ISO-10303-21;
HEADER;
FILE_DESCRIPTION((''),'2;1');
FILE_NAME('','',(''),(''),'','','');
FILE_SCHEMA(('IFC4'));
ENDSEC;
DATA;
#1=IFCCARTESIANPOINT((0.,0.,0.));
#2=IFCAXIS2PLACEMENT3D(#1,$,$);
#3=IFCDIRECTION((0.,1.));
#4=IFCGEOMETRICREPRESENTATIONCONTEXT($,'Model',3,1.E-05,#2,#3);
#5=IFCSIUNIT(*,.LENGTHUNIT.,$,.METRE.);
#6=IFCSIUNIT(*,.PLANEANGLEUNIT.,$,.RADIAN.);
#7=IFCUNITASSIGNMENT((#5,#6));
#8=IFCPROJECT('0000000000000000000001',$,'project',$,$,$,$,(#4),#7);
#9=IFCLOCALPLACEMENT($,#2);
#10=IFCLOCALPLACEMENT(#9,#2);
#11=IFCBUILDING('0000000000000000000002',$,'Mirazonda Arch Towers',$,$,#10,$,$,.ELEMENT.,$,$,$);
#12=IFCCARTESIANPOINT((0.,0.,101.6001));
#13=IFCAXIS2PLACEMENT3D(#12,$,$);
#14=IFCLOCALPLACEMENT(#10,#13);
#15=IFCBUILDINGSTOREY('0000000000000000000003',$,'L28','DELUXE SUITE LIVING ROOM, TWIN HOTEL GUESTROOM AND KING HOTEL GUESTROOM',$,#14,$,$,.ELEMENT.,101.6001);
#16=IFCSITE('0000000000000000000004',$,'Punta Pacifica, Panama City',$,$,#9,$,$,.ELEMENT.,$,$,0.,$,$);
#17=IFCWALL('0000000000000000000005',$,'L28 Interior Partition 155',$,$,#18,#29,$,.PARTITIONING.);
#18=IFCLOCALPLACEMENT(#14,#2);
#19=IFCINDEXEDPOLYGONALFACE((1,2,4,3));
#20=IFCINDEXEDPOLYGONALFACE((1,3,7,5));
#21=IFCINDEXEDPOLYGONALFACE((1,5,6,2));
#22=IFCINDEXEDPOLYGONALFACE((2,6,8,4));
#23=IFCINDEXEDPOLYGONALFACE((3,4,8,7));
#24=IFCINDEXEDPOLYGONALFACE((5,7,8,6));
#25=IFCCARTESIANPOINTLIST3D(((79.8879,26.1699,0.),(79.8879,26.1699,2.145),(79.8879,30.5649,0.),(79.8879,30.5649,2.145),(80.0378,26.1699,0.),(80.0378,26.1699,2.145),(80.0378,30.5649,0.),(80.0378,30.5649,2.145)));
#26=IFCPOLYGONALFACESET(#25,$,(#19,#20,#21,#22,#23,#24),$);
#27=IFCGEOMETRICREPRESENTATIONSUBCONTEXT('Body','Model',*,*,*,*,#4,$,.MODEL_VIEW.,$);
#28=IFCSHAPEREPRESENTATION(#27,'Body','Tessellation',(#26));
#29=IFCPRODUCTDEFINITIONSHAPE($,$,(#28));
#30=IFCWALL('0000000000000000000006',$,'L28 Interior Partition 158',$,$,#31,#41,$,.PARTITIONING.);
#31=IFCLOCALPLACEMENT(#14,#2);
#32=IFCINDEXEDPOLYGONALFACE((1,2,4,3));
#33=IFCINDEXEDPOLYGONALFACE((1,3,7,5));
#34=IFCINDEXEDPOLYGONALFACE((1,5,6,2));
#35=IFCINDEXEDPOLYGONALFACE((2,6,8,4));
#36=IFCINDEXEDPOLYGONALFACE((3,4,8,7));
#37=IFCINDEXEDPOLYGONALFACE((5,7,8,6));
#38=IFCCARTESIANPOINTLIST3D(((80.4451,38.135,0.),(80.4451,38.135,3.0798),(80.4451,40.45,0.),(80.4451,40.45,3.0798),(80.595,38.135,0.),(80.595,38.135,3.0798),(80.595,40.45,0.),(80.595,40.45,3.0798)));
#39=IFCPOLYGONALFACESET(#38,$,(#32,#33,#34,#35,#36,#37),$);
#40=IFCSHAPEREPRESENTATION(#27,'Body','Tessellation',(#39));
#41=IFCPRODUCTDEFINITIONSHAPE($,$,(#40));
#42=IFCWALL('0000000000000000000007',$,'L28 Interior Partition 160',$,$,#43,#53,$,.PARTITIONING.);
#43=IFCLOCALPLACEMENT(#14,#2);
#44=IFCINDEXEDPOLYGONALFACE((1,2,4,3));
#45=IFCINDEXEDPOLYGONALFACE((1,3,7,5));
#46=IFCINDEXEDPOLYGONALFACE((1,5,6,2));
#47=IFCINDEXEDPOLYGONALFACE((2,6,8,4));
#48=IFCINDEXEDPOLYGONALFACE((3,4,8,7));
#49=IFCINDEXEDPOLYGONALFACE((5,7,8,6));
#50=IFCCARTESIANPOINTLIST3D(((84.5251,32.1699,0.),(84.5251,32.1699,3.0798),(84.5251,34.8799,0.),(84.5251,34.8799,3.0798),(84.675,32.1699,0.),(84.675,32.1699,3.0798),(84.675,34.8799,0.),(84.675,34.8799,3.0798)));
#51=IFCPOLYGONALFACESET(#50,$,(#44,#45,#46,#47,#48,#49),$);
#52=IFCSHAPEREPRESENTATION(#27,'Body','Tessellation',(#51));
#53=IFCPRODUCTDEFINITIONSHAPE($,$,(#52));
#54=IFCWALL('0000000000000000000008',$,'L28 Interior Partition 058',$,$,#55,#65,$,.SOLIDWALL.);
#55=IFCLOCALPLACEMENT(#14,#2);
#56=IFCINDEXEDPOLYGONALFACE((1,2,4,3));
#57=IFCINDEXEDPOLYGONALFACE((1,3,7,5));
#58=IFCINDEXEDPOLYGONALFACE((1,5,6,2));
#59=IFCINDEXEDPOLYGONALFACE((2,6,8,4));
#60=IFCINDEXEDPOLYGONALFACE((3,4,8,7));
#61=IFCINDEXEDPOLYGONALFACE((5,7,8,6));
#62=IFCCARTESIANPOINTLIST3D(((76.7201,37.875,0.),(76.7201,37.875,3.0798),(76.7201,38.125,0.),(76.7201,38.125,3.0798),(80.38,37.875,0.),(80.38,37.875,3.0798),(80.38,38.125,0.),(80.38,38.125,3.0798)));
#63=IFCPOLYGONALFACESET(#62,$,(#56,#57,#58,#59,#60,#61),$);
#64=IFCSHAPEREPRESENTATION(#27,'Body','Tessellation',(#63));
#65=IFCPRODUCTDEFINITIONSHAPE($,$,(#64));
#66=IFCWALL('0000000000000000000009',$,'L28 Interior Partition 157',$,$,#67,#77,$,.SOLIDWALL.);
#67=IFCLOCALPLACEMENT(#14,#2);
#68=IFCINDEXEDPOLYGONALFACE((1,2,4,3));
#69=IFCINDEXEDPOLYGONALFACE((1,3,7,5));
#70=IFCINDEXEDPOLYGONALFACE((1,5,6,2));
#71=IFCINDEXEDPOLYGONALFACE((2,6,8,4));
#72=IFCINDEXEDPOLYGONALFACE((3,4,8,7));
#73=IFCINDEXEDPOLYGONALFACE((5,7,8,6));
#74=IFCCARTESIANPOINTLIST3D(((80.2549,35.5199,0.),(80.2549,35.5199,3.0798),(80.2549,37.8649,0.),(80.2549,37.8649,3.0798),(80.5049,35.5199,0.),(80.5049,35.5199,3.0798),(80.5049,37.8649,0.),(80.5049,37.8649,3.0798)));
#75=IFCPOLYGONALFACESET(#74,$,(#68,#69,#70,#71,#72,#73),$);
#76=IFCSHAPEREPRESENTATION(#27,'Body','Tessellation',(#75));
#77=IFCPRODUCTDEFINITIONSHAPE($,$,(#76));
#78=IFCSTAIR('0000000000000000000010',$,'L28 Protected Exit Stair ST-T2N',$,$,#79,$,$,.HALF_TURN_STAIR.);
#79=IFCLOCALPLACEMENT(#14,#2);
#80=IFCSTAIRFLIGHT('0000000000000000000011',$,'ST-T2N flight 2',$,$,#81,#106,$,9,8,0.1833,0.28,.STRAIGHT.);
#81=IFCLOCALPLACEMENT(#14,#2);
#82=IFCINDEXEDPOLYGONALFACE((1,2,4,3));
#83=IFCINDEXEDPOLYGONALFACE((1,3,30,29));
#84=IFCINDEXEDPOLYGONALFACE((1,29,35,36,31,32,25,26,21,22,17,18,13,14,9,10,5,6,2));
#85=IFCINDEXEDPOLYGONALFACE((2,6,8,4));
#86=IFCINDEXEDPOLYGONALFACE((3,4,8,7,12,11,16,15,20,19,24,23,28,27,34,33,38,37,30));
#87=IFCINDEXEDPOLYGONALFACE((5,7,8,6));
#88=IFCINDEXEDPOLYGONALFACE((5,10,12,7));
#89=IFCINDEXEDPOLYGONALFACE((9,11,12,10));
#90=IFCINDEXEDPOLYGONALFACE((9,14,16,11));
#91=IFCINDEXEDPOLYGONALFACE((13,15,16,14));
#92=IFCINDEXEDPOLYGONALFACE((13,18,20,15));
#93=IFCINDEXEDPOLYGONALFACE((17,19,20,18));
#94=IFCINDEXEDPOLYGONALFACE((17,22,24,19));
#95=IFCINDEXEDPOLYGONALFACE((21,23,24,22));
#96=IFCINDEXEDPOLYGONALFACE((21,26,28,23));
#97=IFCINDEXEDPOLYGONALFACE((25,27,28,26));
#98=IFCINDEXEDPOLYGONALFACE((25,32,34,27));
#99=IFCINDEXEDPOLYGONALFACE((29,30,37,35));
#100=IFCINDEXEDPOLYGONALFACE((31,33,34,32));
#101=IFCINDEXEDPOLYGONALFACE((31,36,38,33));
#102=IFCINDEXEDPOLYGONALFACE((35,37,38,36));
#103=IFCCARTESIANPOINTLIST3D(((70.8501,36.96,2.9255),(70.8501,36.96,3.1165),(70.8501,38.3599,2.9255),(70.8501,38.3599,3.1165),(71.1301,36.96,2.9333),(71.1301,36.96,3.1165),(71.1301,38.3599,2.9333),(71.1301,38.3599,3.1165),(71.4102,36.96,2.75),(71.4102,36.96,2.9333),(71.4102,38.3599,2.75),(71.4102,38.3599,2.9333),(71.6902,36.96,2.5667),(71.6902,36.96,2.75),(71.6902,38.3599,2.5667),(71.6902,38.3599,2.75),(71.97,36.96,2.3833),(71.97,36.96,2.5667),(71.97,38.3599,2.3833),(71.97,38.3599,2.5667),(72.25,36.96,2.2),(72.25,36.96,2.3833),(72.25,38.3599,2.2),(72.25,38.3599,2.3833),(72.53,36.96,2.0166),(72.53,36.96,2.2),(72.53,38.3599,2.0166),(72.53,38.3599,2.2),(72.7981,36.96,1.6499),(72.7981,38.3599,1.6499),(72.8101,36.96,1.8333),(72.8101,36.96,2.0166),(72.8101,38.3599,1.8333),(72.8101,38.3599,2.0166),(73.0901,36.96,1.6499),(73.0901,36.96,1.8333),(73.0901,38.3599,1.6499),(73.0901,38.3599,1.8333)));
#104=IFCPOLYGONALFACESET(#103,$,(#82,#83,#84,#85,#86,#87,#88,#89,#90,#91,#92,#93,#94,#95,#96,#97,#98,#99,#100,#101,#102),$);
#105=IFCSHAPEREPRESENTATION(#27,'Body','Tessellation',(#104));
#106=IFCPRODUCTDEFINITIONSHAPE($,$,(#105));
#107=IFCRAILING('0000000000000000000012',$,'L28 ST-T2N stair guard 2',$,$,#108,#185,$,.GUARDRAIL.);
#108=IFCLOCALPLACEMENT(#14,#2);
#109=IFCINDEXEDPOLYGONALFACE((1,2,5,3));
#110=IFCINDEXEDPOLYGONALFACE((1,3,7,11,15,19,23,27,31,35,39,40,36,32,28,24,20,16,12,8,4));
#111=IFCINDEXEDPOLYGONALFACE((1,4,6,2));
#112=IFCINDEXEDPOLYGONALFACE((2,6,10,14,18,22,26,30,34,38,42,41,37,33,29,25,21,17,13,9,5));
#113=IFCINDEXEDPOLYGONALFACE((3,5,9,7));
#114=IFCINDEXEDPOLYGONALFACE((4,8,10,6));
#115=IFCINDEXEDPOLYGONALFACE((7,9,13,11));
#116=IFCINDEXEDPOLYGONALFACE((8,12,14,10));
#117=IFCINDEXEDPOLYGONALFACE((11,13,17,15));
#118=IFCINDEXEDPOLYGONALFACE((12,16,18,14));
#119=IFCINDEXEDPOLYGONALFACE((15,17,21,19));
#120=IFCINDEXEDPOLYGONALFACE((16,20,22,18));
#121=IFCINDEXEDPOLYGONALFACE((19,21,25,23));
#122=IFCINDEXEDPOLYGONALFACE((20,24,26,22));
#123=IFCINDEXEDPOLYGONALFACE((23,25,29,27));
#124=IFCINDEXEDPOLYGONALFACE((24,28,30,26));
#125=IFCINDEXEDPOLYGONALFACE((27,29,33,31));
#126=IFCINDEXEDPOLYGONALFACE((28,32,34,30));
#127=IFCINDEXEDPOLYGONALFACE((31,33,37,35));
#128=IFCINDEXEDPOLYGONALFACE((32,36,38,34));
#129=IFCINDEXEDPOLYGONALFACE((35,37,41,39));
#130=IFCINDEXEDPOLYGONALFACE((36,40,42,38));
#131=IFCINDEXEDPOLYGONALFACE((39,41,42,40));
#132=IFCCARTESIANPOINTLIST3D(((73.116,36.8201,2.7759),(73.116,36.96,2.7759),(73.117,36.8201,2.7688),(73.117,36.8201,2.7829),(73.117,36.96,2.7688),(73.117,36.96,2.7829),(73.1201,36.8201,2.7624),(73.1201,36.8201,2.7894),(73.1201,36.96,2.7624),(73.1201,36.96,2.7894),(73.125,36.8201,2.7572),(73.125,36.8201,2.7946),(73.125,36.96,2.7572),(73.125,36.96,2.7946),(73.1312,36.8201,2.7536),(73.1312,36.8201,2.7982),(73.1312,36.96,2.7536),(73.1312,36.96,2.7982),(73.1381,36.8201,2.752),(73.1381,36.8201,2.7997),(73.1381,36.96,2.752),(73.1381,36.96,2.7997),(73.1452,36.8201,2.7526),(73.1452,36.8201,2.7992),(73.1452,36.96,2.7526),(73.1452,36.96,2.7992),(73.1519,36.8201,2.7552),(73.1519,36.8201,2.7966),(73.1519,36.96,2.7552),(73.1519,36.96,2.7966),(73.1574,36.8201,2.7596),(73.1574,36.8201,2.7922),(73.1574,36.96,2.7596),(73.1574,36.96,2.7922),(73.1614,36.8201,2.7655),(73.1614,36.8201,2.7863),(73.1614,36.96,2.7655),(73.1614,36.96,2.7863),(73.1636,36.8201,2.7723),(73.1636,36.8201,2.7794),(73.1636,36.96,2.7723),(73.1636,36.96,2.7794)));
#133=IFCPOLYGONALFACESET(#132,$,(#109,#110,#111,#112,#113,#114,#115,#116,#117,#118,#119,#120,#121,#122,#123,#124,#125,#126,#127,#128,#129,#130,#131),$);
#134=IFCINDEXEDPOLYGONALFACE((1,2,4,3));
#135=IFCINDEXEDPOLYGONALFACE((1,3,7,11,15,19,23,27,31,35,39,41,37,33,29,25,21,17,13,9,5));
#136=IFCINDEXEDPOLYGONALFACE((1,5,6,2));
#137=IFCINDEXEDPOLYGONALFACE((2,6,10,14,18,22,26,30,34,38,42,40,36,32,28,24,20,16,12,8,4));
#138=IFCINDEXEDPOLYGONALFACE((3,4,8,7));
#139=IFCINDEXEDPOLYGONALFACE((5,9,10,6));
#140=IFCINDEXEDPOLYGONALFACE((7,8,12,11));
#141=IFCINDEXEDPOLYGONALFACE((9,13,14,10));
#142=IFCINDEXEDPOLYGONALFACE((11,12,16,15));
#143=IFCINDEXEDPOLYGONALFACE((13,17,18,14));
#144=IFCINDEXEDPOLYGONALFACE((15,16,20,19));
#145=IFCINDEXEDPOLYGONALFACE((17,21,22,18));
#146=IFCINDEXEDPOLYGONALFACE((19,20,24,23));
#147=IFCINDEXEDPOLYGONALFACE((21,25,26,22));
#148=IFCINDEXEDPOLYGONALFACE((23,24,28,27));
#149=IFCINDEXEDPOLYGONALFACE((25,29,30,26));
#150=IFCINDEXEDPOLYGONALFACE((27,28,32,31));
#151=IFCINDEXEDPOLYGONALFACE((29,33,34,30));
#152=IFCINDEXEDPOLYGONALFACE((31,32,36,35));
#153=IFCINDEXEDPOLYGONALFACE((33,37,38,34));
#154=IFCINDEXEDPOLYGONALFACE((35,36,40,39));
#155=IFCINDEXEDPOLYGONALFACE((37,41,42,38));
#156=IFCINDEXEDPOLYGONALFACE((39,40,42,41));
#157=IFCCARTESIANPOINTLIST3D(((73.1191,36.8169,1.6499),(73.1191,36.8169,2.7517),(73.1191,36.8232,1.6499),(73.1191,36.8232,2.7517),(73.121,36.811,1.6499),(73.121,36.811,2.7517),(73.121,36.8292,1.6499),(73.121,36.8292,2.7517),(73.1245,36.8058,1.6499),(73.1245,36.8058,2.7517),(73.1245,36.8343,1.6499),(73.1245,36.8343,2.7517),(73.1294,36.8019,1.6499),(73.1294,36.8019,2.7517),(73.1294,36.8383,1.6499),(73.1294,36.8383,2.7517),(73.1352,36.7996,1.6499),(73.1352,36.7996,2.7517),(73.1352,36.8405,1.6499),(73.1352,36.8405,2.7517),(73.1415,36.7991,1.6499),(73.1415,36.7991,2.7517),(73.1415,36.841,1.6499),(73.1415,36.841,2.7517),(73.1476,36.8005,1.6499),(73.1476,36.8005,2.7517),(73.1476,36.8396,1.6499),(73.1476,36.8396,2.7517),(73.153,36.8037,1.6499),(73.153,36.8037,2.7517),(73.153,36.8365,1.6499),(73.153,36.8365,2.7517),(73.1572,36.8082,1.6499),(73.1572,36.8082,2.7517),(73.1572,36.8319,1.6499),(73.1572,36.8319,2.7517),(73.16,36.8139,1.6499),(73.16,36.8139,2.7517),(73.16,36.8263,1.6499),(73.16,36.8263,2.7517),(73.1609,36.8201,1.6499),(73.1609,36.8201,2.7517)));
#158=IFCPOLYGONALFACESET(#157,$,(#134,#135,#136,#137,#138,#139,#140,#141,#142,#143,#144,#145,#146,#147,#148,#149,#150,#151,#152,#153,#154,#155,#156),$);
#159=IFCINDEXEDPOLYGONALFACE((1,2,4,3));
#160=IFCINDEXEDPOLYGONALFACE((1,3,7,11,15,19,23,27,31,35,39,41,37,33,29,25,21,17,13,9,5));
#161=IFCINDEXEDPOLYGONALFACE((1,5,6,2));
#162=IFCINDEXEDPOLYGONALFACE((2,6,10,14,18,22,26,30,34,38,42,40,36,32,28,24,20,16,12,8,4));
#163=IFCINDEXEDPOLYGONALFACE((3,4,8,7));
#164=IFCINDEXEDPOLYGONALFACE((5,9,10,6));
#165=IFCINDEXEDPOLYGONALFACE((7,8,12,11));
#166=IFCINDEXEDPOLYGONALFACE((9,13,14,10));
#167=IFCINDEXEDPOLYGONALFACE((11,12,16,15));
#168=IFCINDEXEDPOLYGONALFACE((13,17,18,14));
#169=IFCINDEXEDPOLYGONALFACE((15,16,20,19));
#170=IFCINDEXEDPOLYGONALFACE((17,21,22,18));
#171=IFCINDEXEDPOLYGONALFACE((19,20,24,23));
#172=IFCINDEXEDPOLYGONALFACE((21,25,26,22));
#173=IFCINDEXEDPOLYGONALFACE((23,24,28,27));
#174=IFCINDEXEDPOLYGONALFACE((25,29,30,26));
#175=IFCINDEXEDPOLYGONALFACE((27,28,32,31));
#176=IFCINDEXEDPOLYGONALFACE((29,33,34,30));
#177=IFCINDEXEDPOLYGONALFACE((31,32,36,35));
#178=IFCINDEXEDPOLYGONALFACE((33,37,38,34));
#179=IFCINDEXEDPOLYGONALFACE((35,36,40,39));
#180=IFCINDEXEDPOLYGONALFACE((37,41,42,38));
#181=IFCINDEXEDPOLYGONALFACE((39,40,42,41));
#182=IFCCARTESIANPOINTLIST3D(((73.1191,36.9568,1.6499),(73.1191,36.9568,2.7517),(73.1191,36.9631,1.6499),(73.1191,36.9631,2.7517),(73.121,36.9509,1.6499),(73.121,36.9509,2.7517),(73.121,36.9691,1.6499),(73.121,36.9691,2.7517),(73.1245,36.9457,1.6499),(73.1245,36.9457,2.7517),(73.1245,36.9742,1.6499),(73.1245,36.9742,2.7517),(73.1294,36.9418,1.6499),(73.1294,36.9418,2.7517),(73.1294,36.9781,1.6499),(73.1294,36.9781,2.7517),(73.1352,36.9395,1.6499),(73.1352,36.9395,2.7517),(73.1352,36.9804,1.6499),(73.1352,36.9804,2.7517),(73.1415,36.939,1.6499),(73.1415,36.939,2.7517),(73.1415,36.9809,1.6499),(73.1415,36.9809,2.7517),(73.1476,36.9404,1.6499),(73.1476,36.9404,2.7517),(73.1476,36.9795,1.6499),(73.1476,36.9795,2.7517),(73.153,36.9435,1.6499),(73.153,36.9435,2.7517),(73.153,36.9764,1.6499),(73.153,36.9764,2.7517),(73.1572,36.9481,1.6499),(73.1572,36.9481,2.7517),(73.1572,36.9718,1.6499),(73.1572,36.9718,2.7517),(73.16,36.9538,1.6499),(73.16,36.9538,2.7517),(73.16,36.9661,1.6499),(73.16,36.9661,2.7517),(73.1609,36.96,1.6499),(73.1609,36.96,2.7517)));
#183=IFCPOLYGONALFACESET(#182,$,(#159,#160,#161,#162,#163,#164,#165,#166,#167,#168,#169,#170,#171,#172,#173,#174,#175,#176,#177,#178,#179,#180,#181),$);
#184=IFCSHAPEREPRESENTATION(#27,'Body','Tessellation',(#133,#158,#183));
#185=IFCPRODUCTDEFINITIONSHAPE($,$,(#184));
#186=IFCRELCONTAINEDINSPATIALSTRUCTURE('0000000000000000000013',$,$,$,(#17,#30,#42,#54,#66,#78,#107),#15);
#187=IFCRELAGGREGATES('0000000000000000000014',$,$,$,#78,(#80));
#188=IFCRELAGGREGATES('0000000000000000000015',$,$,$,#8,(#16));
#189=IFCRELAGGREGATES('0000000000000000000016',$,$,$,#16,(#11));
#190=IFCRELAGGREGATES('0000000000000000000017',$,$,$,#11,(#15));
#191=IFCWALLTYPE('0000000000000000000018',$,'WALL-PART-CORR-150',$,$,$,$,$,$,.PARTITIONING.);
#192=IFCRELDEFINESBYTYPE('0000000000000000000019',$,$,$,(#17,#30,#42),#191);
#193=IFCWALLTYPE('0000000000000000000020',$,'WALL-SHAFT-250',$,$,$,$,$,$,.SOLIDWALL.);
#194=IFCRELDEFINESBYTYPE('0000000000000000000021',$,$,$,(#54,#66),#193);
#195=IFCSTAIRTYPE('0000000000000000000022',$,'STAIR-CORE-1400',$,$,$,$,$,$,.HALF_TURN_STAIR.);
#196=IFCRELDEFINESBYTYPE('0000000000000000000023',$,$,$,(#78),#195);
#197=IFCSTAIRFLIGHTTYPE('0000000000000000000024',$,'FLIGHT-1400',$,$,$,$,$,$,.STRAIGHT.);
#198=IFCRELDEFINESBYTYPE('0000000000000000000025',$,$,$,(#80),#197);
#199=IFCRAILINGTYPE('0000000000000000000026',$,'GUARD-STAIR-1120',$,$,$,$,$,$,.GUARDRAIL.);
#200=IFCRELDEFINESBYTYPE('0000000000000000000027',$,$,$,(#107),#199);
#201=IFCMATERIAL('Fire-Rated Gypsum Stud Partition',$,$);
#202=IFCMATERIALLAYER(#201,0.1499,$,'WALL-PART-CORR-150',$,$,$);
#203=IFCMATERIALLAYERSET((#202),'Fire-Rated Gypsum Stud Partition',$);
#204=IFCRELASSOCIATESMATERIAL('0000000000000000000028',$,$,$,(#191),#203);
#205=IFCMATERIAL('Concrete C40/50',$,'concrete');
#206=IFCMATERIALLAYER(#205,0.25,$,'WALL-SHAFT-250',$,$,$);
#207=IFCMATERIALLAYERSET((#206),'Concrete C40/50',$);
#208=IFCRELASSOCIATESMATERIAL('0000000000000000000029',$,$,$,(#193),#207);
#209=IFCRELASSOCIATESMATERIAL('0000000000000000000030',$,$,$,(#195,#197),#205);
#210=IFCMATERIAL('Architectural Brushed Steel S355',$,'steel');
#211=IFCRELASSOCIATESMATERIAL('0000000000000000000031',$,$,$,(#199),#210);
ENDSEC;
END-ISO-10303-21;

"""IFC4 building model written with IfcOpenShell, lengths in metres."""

from ifc_helpers import new_model, si_unit, direction, frame, frame_2d, origin, origin_2d, place, context, subcontext, project, spatial, polyline, rectangle, circle, outline, extrude, material, layer, layer_set, type_object, element, aggregate, save


model = new_model("IFC4")

# Units and contexts
model_context = context("Model", 3, precision=1e-05, world=origin(), true_north=direction((0.0, 1.0)))
body_context = subcontext(model_context, "Body", "Model", "MODEL_VIEW")
ifc_project = project(units=[si_unit("LENGTHUNIT", "METRE"), si_unit("PLANEANGLEUNIT", "RADIAN")], contexts=[model_context])

# Site, building, storey
site_placement = place(None, origin())
site = spatial("IfcSite", under=ifc_project, at=site_placement, Name="Punta Pacifica, Panama City", CompositionType="ELEMENT", RefElevation=0.0)
building_placement = place(site_placement, origin())
building = spatial("IfcBuilding", under=site, at=building_placement, Name="Mirazonda Arch Towers", CompositionType="ELEMENT")
storey_placement = place(building_placement, frame((0.0, 0.0, 101.6001)))
storey = spatial("IfcBuildingStorey", under=building, at=storey_placement, Name="L28", Description="DELUXE SUITE LIVING ROOM, TWIN HOTEL GUESTROOM AND KING HOTEL GUESTROOM", CompositionType="ELEMENT", Elevation=101.6001)

# Shared definitions
ifc_material_1 = material(Name="Concrete C40/50", Category="concrete")
ifc_material_2 = material(Name="Architectural Brushed Steel S355", Category="steel")

# Walls
ifc_material_3 = material(Name="Fire-Rated Gypsum Stud Partition")
ifc_layer_1 = layer(ifc_material_3, 0.1499, Name="WALL-PART-CORR-150")
ifc_layer_set_1 = layer_set([ifc_layer_1], Name="Fire-Rated Gypsum Stud Partition")
wall_type_1 = type_object("IfcWallType", Name="WALL-PART-CORR-150", PredefinedType="PARTITIONING", material=ifc_layer_set_1)
wall_1_placement = place(storey_placement, frame((79.9629, 26.1699, 0.0), z_axis=(0.0, 0.0, 1.0), x_axis=(0.0, 1.0, 0.0)))
element("IfcWall", 1, at=wall_1_placement, inside=storey, type_object=wall_type_1, Name="L28 Interior Partition 155", PredefinedType="PARTITIONING", context=body_context, shape_type="SweptSolid", body=[
    extrude(rectangle(XDim=4.395, YDim=0.1499, at=frame_2d((2.1975, 0.0))), origin(), (0.0, 0.0, 1.0), 2.145),
])
wall_2_placement = place(storey_placement, frame((80.52, 38.135, 0.0), z_axis=(0.0, 0.0, 1.0), x_axis=(0.0, 1.0, 0.0)))
element("IfcWall", 2, at=wall_2_placement, inside=storey, type_object=wall_type_1, Name="L28 Interior Partition 158", PredefinedType="PARTITIONING", context=body_context, shape_type="SweptSolid", body=[
    extrude(rectangle(XDim=2.3149, YDim=0.1499, at=frame_2d((1.1575, 0.0))), origin(), (0.0, 0.0, 1.0), 3.0798),
])
wall_3_placement = place(storey_placement, frame((84.6001, 32.1699, 0.0), z_axis=(0.0, 0.0, 1.0), x_axis=(0.0, 1.0, 0.0)))
element("IfcWall", 3, at=wall_3_placement, inside=storey, type_object=wall_type_1, Name="L28 Interior Partition 160", PredefinedType="PARTITIONING", context=body_context, shape_type="SweptSolid", body=[
    extrude(rectangle(XDim=2.71, YDim=0.1499, at=frame_2d((1.355, 0.0))), origin(), (0.0, 0.0, 1.0), 3.0798),
])
ifc_layer_2 = layer(ifc_material_1, 0.25, Name="WALL-SHAFT-250")
ifc_layer_set_2 = layer_set([ifc_layer_2], Name="Concrete C40/50")
wall_type_2 = type_object("IfcWallType", Name="WALL-SHAFT-250", PredefinedType="SOLIDWALL", material=ifc_layer_set_2)
wall_4_placement = place(storey_placement, frame((76.72, 38.0, 0.0), z_axis=(0.0, 0.0, 1.0), x_axis=(1.0, 0.0, 0.0)))
element("IfcWall", 4, at=wall_4_placement, inside=storey, type_object=wall_type_2, Name="L28 Interior Partition 058", PredefinedType="SOLIDWALL", context=body_context, shape_type="SweptSolid", body=[
    extrude(rectangle(XDim=3.6599, YDim=0.25, at=frame_2d((1.8301, 0.0))), origin(), (0.0, 0.0, 1.0), 3.0798),
])
wall_5_placement = place(storey_placement, frame((80.3799, 35.52, 0.0), z_axis=(0.0, 0.0, 1.0), x_axis=(0.0, 1.0, 0.0)))
element("IfcWall", 5, at=wall_5_placement, inside=storey, type_object=wall_type_2, Name="L28 Interior Partition 157", PredefinedType="SOLIDWALL", context=body_context, shape_type="SweptSolid", body=[
    extrude(rectangle(XDim=2.345, YDim=0.25, at=frame_2d((1.1724, 0.0))), origin(), (0.0, 0.0, 1.0), 3.0798),
])

# Stair, stair flight
stair_type = type_object("IfcStairType", Name="STAIR-CORE-1400", PredefinedType="HALF_TURN_STAIR", material=ifc_material_1)
stair_placement = place(storey_placement, origin())
stair = element("IfcStair", 6, at=stair_placement, inside=storey, type_object=stair_type, Name="L28 Protected Exit Stair ST-T2N", PredefinedType="HALF_TURN_STAIR")
stair_flight_type = type_object("IfcStairFlightType", Name="FLIGHT-1400", PredefinedType="STRAIGHT", material=ifc_material_1)
stair_flight_placement = place(storey_placement, frame((73.0901, 37.6599, 1.6499), z_axis=(0.0, 0.0, 1.0), x_axis=(-1.0, 0.0, 0.0)))
stair_flight = element("IfcStairFlight", 7, at=stair_flight_placement, type_object=stair_flight_type, Name="ST-T2N flight 2", NumberOfRisers=9, NumberOfTreads=8, PredefinedType="STRAIGHT", RiserHeight=0.1833, TreadLength=0.28, context=body_context, shape_type="SweptSolid", body=[
    extrude(outline(polyline([(0.0, 0.0), (0.0, 0.1833), (0.28, 0.1833), (0.28, 0.3667), (0.5601, 0.3667), (0.5601, 0.55), (0.8401, 0.55), (0.8401, 0.7334), (1.1201, 0.7334), (1.1201, 0.9167), (1.3999, 0.9167), (1.3999, 1.1001), (1.6799, 1.1001), (1.6799, 1.2834), (1.96, 1.2834), (1.96, 1.4666), (2.24, 1.4666), (2.24, 1.6499), (2.24, 1.2756), (0.292, 0.0), (0.0, 0.0)])), frame((0.0, 0.7, 0.0), z_axis=(0.0, -1.0, 0.0), x_axis=(1.0, 0.0, 0.0)), (0.0, 0.0, 1.0), 1.3999),
])
aggregate(stair, [stair_flight])

# Railing
railing_type_1 = type_object("IfcRailingType", Name="GUARD-STAIR-1120", PredefinedType="GUARDRAIL", material=ifc_material_2)
railing_1_placement = place(storey_placement, frame((73.1399, 36.8201, 1.6499)))
element("IfcRailing", 8, at=railing_1_placement, inside=storey, type_object=railing_type_1, Name="L28 ST-T2N stair guard 2", PredefinedType="GUARDRAIL", context=body_context, shape_type="SweptSolid", body=[
    extrude(circle(Radius=0.0239, at=origin_2d()), frame((0.0, 0.0, 1.126), z_axis=(0.0, 1.0, 0.0), x_axis=(-1.0, 0.0, 0.0)), (0.0, 0.0, 1.0), 0.1399),
    extrude(circle(Radius=0.021, at=origin_2d()), origin(), (0.0, 0.0, 1.0), 1.1018),
    extrude(circle(Radius=0.021, at=origin_2d()), frame((0.0, 0.1399, 0.0)), (0.0, 0.0, 1.0), 1.1018),
])

save(model, "model.ifc")
